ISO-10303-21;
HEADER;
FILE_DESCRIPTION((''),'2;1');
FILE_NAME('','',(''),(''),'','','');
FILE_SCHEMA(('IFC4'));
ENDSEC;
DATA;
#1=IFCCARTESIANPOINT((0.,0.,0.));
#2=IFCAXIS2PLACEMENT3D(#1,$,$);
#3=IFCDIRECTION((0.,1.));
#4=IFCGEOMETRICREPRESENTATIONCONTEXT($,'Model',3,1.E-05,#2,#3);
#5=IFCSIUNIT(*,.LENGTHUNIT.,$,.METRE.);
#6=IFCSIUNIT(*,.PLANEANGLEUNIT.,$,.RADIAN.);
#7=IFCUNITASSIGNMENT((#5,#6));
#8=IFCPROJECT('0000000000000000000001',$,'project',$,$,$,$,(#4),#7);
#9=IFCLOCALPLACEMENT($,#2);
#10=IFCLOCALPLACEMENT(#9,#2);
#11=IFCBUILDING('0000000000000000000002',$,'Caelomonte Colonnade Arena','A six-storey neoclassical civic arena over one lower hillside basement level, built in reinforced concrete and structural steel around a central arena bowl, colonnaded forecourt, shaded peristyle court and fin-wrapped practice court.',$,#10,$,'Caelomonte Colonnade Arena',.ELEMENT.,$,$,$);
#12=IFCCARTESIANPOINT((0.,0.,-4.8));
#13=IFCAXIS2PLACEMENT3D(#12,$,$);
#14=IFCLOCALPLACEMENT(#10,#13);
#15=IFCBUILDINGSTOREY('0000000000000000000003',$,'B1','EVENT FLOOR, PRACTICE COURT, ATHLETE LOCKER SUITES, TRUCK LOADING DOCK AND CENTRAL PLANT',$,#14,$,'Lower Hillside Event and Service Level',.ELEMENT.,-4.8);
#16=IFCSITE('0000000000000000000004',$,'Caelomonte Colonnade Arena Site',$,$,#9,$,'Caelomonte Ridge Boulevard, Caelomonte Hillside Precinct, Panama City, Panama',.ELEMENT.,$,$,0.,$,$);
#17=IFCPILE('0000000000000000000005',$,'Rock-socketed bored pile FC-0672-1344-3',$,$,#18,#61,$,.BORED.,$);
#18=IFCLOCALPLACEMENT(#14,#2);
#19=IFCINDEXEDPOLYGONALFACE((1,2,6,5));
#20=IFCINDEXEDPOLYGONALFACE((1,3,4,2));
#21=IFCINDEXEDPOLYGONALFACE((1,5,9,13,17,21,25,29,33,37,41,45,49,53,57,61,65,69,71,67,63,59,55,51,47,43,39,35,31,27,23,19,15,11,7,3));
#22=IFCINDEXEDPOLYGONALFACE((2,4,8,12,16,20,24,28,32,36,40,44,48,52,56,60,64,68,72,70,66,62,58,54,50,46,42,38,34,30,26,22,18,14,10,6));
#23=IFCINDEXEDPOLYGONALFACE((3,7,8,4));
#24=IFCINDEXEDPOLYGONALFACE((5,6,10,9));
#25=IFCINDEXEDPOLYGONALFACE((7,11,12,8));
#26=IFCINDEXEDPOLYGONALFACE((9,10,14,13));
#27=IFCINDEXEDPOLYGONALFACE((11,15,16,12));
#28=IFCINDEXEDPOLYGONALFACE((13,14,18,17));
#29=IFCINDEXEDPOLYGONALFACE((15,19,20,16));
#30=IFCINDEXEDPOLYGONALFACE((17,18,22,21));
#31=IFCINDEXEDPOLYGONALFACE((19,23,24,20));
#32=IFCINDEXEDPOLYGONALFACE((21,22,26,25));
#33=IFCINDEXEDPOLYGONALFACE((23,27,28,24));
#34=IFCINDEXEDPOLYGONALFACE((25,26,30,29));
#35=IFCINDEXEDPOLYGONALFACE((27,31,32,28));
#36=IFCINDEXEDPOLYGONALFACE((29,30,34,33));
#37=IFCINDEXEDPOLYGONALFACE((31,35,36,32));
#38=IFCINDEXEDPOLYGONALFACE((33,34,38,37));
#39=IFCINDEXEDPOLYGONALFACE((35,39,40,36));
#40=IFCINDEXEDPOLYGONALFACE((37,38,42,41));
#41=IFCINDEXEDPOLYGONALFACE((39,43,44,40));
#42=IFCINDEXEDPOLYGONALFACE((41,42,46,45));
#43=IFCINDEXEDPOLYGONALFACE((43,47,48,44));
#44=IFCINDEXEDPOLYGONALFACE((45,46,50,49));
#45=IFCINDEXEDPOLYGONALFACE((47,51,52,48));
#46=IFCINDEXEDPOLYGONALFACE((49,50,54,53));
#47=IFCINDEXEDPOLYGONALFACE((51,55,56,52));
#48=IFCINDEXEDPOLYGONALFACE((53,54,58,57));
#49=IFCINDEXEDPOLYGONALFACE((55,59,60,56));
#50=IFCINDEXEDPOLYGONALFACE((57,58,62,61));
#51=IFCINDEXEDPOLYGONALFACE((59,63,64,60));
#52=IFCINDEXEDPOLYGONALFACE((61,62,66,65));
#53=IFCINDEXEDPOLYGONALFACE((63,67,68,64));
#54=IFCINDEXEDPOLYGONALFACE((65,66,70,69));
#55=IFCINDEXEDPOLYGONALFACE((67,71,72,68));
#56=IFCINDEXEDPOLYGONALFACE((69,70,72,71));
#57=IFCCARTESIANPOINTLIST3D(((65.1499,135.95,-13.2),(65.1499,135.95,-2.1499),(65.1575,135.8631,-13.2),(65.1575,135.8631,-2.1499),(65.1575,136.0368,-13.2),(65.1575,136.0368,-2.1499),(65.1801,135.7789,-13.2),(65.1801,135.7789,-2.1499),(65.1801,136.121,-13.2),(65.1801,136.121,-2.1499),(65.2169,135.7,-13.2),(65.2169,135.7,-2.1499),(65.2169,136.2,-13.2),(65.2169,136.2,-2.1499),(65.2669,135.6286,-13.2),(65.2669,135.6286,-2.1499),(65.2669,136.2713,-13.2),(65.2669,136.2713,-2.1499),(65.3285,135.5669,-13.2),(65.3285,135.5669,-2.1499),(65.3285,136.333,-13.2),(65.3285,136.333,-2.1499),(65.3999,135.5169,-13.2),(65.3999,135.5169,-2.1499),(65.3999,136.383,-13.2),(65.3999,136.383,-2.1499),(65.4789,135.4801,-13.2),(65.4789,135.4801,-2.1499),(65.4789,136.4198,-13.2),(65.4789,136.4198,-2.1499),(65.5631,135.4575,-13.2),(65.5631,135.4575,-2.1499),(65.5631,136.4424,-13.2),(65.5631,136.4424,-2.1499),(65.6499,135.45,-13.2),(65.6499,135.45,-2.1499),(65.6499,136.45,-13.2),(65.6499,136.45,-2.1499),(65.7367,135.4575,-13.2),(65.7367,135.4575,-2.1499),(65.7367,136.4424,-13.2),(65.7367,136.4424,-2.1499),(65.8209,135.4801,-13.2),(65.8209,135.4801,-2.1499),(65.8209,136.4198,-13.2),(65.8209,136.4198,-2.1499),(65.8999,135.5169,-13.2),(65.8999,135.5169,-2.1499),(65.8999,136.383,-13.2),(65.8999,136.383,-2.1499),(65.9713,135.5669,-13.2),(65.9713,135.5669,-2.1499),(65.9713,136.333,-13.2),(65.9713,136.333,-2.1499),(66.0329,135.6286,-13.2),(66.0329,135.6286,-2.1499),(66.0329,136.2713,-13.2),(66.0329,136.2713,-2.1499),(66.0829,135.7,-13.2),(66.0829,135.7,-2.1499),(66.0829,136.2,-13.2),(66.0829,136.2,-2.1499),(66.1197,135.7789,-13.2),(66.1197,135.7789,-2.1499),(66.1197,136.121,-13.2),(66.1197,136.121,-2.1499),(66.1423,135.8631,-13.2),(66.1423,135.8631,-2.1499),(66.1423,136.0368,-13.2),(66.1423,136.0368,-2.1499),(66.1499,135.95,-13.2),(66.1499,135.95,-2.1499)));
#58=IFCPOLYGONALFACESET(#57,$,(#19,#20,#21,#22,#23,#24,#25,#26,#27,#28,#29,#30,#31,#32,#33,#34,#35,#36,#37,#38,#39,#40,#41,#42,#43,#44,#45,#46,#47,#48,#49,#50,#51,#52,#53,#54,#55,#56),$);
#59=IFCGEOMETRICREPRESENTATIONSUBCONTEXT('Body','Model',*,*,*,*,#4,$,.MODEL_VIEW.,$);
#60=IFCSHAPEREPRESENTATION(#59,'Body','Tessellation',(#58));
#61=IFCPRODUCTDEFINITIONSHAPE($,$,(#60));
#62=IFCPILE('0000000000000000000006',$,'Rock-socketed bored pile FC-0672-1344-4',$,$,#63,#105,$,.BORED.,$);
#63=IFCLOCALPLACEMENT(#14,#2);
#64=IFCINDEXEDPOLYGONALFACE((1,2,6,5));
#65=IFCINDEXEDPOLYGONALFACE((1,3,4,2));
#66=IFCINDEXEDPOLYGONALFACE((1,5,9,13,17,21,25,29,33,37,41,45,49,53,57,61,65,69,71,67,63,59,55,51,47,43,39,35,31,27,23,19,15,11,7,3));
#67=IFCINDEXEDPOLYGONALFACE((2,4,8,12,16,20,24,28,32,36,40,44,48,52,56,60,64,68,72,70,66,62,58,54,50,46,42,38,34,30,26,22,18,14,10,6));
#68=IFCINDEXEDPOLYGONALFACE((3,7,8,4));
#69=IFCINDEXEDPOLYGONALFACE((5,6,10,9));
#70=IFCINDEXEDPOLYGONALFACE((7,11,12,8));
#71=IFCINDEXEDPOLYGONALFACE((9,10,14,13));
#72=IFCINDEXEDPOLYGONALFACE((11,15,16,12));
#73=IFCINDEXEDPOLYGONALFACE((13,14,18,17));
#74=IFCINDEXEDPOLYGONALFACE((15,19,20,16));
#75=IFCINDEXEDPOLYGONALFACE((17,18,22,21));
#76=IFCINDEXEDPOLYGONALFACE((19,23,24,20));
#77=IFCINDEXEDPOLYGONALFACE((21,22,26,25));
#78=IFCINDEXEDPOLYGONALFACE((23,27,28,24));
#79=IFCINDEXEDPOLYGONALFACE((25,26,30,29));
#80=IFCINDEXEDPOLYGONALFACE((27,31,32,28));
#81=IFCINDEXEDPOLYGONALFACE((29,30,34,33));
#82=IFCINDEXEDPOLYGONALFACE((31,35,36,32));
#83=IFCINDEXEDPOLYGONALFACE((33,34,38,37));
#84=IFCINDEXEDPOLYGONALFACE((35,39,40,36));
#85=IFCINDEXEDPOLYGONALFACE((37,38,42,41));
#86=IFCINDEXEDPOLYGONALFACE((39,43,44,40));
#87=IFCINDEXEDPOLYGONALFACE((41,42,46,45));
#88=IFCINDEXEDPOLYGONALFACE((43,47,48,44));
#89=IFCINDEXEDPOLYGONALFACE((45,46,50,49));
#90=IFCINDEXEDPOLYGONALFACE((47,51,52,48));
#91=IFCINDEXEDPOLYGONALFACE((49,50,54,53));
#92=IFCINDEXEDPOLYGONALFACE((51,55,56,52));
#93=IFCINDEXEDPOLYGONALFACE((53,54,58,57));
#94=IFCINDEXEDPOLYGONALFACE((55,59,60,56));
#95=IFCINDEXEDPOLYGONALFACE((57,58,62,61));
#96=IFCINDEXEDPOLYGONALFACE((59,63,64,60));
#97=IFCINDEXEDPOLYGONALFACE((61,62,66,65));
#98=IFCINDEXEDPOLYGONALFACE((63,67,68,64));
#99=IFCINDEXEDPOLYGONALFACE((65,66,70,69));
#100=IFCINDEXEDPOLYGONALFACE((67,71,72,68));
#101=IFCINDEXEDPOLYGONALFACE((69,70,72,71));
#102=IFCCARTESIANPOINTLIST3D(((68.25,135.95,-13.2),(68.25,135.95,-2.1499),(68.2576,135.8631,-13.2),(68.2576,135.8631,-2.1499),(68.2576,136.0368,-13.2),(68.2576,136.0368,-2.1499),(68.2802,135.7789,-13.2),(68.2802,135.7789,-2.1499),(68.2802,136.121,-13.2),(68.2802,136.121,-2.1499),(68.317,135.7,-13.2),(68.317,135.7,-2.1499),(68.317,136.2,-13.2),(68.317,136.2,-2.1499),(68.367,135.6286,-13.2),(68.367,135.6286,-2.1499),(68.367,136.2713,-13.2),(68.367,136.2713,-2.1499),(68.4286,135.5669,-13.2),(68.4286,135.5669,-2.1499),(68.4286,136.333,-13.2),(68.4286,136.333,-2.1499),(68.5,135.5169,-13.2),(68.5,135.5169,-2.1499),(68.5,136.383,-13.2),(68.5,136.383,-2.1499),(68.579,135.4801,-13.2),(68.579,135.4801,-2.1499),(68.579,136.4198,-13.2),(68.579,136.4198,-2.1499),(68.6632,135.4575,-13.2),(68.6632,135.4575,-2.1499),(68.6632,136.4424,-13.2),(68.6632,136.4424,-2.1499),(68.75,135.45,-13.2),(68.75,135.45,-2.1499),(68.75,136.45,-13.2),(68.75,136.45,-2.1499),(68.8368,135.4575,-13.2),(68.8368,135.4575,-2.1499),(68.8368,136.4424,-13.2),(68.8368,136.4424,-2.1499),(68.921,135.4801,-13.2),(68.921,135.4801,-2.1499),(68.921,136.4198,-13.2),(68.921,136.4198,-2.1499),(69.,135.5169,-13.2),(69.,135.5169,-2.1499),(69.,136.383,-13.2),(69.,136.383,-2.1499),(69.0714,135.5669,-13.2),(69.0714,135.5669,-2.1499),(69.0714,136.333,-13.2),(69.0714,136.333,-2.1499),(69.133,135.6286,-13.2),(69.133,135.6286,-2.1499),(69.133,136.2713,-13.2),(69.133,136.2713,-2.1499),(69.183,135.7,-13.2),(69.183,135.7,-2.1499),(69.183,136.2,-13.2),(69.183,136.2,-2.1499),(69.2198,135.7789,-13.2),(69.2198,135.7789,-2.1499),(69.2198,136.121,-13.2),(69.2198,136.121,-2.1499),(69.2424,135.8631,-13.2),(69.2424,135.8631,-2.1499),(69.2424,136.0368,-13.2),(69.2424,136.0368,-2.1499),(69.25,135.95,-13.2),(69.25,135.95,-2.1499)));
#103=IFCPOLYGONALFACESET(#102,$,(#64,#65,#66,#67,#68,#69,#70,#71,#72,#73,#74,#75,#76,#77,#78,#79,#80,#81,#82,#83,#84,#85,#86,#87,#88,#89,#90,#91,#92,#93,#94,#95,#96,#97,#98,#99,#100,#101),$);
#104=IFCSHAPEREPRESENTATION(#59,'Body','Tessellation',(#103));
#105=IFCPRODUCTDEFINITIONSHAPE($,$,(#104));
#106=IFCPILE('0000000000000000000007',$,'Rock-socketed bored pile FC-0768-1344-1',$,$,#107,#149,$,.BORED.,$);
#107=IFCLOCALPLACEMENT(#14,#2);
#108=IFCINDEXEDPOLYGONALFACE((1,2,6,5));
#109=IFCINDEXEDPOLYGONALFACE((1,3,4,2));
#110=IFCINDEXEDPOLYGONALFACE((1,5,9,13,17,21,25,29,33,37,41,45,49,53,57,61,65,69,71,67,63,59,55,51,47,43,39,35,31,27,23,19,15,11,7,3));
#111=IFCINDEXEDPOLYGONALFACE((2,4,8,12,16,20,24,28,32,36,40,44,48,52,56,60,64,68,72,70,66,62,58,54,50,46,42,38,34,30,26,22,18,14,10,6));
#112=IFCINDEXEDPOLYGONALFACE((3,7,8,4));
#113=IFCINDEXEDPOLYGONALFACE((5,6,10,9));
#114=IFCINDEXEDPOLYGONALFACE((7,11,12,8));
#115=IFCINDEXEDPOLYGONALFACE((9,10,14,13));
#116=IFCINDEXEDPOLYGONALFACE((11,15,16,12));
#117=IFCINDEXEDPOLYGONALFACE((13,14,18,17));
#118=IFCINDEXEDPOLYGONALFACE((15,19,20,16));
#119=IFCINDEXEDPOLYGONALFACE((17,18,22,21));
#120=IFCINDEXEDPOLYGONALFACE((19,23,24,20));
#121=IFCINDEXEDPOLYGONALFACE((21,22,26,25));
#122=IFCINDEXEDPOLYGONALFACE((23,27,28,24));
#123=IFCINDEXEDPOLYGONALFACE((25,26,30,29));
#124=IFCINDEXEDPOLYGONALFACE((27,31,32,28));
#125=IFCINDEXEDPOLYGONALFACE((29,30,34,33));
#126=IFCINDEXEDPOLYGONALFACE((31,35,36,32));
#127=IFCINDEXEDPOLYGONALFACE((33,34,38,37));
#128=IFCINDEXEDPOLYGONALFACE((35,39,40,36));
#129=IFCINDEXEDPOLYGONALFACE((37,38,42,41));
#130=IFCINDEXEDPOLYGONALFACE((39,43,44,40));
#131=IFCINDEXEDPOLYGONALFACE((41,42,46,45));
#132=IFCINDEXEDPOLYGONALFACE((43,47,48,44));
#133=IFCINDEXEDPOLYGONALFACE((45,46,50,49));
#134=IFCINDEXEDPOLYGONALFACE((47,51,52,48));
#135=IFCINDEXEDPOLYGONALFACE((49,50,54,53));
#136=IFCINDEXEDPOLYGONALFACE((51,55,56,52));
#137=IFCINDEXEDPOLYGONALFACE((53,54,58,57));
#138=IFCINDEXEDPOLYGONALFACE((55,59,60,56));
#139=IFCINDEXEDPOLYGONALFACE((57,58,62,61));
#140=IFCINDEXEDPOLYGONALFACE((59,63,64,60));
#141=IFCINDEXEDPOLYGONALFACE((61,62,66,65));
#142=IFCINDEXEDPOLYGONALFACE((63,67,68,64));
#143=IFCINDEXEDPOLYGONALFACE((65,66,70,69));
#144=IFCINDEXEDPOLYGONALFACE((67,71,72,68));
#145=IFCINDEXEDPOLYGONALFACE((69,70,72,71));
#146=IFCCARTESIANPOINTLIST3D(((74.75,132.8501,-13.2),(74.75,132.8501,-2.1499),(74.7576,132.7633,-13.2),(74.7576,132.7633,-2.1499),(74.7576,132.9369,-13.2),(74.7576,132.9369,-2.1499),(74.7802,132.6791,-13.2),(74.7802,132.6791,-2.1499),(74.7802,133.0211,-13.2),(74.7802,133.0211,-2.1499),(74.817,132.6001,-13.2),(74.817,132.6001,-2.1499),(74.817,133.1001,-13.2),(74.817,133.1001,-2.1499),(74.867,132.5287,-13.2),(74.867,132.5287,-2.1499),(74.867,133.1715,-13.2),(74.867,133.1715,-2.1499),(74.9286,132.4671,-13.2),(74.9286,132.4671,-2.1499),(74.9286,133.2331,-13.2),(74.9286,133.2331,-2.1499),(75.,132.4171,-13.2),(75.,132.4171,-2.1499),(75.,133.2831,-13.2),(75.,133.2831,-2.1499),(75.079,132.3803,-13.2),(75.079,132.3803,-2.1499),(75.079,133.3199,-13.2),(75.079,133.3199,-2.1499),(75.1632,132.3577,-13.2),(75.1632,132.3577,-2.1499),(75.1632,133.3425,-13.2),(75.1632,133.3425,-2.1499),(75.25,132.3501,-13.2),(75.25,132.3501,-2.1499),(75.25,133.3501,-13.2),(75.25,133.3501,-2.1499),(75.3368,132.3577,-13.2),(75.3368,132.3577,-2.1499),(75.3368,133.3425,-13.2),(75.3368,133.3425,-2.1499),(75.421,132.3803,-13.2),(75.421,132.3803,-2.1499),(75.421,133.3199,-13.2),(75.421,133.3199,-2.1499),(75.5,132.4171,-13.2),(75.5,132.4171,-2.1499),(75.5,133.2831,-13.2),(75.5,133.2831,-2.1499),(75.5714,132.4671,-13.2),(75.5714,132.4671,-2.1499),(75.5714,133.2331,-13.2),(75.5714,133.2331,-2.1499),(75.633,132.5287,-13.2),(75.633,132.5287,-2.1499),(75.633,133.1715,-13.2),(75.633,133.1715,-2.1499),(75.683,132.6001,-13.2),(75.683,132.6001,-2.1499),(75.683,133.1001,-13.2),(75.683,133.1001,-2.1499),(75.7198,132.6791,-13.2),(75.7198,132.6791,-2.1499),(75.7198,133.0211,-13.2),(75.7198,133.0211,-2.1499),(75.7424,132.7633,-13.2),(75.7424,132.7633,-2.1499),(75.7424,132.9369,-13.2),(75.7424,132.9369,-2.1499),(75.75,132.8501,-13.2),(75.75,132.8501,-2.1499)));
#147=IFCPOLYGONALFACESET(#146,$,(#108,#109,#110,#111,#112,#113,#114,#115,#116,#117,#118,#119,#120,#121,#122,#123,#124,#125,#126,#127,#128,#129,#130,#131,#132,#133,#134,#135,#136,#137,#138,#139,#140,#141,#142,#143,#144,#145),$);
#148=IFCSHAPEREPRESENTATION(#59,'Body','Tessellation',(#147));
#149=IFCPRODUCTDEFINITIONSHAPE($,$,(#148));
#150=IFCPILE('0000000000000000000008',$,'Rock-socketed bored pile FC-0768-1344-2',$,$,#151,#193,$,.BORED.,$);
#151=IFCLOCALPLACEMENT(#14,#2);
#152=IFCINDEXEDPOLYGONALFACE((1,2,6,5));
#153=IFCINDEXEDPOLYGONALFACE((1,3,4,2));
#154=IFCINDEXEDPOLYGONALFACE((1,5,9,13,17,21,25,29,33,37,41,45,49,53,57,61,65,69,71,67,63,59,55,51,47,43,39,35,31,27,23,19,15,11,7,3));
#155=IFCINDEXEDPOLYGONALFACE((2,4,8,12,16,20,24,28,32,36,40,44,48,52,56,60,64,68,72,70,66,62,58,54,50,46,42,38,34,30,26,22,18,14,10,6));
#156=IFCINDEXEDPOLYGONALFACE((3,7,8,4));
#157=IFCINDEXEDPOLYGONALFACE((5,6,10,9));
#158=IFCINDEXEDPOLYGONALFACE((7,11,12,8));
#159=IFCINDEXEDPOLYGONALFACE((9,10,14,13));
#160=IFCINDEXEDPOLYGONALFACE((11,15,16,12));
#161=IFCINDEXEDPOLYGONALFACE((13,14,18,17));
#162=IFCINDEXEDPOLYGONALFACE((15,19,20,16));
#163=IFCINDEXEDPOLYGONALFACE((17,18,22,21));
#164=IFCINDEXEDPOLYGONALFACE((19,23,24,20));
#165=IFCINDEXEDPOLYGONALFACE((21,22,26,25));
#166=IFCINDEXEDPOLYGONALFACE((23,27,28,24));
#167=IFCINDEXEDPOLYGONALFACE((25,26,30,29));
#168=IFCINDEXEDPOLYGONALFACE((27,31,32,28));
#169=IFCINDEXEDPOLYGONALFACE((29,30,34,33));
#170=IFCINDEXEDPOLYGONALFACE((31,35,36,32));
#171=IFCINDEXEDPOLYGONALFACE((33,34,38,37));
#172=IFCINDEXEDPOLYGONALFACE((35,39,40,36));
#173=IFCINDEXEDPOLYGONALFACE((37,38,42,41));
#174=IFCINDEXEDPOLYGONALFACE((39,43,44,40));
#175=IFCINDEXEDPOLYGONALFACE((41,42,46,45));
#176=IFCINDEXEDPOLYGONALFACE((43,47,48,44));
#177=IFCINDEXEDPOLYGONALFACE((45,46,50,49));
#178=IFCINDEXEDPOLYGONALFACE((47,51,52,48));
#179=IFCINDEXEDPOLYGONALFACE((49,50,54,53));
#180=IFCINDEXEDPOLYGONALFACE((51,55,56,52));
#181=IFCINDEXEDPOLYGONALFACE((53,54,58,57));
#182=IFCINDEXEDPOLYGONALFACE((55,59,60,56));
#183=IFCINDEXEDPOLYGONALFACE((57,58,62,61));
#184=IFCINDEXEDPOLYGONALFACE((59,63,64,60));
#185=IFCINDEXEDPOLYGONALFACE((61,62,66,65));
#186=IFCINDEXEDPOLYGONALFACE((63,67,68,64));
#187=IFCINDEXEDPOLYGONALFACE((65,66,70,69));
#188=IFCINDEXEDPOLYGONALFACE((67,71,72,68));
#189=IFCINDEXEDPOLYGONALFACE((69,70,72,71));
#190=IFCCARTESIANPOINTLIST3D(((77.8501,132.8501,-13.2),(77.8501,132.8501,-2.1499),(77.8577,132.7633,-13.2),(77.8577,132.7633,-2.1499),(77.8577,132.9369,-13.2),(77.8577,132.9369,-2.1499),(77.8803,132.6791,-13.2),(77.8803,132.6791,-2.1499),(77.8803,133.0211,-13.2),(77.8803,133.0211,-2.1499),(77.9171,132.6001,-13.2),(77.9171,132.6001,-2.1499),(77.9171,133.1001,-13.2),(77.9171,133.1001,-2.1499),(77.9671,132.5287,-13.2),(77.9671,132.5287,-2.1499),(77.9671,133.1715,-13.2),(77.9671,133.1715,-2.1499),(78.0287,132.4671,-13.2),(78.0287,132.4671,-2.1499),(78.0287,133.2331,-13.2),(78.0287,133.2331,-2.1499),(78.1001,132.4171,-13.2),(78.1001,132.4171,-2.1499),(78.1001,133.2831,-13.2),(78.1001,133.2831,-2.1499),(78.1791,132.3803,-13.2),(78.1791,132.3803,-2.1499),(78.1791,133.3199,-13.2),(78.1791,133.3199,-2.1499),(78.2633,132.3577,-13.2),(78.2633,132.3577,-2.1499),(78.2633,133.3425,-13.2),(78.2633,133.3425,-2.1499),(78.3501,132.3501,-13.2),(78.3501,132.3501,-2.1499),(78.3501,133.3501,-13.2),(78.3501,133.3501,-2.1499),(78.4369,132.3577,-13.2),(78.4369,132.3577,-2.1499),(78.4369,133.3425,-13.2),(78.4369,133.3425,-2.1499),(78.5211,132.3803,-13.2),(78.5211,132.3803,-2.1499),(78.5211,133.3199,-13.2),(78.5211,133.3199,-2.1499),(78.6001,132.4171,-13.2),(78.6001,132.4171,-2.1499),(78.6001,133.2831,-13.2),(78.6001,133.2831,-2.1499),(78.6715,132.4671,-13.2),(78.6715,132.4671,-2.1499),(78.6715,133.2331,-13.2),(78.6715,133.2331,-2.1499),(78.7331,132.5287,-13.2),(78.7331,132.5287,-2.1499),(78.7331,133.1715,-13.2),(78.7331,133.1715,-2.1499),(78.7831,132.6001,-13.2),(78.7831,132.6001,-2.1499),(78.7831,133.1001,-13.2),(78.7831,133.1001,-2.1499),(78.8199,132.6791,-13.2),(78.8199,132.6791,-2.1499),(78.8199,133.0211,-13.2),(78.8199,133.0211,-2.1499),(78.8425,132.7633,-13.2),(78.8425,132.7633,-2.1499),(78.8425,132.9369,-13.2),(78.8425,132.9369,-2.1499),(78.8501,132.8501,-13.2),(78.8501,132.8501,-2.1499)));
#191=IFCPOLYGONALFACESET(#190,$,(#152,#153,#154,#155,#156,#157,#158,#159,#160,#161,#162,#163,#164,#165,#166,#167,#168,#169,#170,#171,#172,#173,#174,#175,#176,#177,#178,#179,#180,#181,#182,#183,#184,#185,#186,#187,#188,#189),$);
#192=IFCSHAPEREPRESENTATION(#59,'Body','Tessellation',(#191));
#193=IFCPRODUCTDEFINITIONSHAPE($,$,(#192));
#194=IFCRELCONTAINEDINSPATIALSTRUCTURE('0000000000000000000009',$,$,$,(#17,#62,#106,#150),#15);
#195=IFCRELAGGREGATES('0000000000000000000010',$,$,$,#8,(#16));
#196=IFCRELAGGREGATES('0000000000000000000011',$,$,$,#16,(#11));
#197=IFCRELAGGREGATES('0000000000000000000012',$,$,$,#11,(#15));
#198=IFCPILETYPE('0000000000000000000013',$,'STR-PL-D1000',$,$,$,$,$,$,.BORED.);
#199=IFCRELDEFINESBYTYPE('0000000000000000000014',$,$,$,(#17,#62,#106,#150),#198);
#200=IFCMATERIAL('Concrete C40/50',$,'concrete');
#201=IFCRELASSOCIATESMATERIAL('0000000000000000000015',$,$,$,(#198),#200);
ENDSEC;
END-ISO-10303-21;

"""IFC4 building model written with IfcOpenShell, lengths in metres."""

from ifc_helpers import new_model, si_unit, direction, frame, origin, origin_2d, place, context, subcontext, project, spatial, circle, extrude, material, material_profile, profile_set, type_object, element, save


model = new_model("IFC4")

# Units and contexts
model_context = context("Model", 3, precision=1e-05, world=origin(), true_north=direction((0.0, 1.0)))
body_context = subcontext(model_context, "Body", "Model", "MODEL_VIEW")
ifc_project = project(units=[si_unit("LENGTHUNIT", "METRE"), si_unit("PLANEANGLEUNIT", "RADIAN")], contexts=[model_context])

# Site, building, storey
site_placement = place(None, origin())
site = spatial("IfcSite", under=ifc_project, at=site_placement, Name="Caelomonte Colonnade Arena Site", LongName="Caelomonte Ridge Boulevard, Caelomonte Hillside Precinct, Panama City, Panama", CompositionType="ELEMENT", RefElevation=0.0)
building_placement = place(site_placement, origin())
building = spatial("IfcBuilding", under=site, at=building_placement, Name="Caelomonte Colonnade Arena", Description="A six-storey neoclassical civic arena over one lower hillside basement level, built in reinforced concrete and structural steel around a central arena bowl, colonnaded forecourt, shaded peristyle court and fin-wrapped practice court.", LongName="Caelomonte Colonnade Arena", CompositionType="ELEMENT")
storey_placement = place(building_placement, frame((0.0, 0.0, -4.8)))
storey = spatial("IfcBuildingStorey", under=building, at=storey_placement, Name="B1", Description="EVENT FLOOR, PRACTICE COURT, ATHLETE LOCKER SUITES, TRUCK LOADING DOCK AND CENTRAL PLANT", LongName="Lower Hillside Event and Service Level", CompositionType="ELEMENT", Elevation=-4.8)

# Shared definitions
ifc_material_1 = material(Name="Concrete C40/50", Category="concrete")

# Piles
ifc_material_profile_1 = material_profile(ifc_material_1, circle(Radius=0.5, at=origin_2d()), Name="PILE-D1000")
ifc_profile_set_1 = profile_set([ifc_material_profile_1], Name="Concrete C40/50")
pile_type = type_object("IfcPileType", Name="STR-PL-D1000", PredefinedType="BORED", material=ifc_profile_set_1)
for number, where, z_axis, x_axis, name in (
    (1, (65.6499, 135.95, -2.1499), (0.0, 0.0, -1.0), (1.0, 0.0, 0.0), "Rock-socketed bored pile FC-0672-1344-3"),
    (2, (68.75, 135.95, -2.1499), (0.0, 0.0, -1.0), (1.0, 0.0, 0.0), "Rock-socketed bored pile FC-0672-1344-4"),
    (3, (75.25, 132.8501, -2.1499), (0.0, 0.0, -1.0), (1.0, 0.0, 0.0), "Rock-socketed bored pile FC-0768-1344-1"),
    (4, (78.3501, 132.8501, -2.1499), (0.0, 0.0, -1.0), (1.0, 0.0, 0.0), "Rock-socketed bored pile FC-0768-1344-2"),
):
    element("IfcPile", number, at=place(storey_placement, frame(where, z_axis=z_axis, x_axis=x_axis)), inside=storey, type_object=pile_type, Name=name, PredefinedType="BORED", context=body_context, shape_type="SweptSolid", body=[
        extrude(circle(Radius=0.5, at=origin_2d()), origin(), (0.0, 0.0, 1.0), 11.05),
    ])

save(model, "model.ifc")
